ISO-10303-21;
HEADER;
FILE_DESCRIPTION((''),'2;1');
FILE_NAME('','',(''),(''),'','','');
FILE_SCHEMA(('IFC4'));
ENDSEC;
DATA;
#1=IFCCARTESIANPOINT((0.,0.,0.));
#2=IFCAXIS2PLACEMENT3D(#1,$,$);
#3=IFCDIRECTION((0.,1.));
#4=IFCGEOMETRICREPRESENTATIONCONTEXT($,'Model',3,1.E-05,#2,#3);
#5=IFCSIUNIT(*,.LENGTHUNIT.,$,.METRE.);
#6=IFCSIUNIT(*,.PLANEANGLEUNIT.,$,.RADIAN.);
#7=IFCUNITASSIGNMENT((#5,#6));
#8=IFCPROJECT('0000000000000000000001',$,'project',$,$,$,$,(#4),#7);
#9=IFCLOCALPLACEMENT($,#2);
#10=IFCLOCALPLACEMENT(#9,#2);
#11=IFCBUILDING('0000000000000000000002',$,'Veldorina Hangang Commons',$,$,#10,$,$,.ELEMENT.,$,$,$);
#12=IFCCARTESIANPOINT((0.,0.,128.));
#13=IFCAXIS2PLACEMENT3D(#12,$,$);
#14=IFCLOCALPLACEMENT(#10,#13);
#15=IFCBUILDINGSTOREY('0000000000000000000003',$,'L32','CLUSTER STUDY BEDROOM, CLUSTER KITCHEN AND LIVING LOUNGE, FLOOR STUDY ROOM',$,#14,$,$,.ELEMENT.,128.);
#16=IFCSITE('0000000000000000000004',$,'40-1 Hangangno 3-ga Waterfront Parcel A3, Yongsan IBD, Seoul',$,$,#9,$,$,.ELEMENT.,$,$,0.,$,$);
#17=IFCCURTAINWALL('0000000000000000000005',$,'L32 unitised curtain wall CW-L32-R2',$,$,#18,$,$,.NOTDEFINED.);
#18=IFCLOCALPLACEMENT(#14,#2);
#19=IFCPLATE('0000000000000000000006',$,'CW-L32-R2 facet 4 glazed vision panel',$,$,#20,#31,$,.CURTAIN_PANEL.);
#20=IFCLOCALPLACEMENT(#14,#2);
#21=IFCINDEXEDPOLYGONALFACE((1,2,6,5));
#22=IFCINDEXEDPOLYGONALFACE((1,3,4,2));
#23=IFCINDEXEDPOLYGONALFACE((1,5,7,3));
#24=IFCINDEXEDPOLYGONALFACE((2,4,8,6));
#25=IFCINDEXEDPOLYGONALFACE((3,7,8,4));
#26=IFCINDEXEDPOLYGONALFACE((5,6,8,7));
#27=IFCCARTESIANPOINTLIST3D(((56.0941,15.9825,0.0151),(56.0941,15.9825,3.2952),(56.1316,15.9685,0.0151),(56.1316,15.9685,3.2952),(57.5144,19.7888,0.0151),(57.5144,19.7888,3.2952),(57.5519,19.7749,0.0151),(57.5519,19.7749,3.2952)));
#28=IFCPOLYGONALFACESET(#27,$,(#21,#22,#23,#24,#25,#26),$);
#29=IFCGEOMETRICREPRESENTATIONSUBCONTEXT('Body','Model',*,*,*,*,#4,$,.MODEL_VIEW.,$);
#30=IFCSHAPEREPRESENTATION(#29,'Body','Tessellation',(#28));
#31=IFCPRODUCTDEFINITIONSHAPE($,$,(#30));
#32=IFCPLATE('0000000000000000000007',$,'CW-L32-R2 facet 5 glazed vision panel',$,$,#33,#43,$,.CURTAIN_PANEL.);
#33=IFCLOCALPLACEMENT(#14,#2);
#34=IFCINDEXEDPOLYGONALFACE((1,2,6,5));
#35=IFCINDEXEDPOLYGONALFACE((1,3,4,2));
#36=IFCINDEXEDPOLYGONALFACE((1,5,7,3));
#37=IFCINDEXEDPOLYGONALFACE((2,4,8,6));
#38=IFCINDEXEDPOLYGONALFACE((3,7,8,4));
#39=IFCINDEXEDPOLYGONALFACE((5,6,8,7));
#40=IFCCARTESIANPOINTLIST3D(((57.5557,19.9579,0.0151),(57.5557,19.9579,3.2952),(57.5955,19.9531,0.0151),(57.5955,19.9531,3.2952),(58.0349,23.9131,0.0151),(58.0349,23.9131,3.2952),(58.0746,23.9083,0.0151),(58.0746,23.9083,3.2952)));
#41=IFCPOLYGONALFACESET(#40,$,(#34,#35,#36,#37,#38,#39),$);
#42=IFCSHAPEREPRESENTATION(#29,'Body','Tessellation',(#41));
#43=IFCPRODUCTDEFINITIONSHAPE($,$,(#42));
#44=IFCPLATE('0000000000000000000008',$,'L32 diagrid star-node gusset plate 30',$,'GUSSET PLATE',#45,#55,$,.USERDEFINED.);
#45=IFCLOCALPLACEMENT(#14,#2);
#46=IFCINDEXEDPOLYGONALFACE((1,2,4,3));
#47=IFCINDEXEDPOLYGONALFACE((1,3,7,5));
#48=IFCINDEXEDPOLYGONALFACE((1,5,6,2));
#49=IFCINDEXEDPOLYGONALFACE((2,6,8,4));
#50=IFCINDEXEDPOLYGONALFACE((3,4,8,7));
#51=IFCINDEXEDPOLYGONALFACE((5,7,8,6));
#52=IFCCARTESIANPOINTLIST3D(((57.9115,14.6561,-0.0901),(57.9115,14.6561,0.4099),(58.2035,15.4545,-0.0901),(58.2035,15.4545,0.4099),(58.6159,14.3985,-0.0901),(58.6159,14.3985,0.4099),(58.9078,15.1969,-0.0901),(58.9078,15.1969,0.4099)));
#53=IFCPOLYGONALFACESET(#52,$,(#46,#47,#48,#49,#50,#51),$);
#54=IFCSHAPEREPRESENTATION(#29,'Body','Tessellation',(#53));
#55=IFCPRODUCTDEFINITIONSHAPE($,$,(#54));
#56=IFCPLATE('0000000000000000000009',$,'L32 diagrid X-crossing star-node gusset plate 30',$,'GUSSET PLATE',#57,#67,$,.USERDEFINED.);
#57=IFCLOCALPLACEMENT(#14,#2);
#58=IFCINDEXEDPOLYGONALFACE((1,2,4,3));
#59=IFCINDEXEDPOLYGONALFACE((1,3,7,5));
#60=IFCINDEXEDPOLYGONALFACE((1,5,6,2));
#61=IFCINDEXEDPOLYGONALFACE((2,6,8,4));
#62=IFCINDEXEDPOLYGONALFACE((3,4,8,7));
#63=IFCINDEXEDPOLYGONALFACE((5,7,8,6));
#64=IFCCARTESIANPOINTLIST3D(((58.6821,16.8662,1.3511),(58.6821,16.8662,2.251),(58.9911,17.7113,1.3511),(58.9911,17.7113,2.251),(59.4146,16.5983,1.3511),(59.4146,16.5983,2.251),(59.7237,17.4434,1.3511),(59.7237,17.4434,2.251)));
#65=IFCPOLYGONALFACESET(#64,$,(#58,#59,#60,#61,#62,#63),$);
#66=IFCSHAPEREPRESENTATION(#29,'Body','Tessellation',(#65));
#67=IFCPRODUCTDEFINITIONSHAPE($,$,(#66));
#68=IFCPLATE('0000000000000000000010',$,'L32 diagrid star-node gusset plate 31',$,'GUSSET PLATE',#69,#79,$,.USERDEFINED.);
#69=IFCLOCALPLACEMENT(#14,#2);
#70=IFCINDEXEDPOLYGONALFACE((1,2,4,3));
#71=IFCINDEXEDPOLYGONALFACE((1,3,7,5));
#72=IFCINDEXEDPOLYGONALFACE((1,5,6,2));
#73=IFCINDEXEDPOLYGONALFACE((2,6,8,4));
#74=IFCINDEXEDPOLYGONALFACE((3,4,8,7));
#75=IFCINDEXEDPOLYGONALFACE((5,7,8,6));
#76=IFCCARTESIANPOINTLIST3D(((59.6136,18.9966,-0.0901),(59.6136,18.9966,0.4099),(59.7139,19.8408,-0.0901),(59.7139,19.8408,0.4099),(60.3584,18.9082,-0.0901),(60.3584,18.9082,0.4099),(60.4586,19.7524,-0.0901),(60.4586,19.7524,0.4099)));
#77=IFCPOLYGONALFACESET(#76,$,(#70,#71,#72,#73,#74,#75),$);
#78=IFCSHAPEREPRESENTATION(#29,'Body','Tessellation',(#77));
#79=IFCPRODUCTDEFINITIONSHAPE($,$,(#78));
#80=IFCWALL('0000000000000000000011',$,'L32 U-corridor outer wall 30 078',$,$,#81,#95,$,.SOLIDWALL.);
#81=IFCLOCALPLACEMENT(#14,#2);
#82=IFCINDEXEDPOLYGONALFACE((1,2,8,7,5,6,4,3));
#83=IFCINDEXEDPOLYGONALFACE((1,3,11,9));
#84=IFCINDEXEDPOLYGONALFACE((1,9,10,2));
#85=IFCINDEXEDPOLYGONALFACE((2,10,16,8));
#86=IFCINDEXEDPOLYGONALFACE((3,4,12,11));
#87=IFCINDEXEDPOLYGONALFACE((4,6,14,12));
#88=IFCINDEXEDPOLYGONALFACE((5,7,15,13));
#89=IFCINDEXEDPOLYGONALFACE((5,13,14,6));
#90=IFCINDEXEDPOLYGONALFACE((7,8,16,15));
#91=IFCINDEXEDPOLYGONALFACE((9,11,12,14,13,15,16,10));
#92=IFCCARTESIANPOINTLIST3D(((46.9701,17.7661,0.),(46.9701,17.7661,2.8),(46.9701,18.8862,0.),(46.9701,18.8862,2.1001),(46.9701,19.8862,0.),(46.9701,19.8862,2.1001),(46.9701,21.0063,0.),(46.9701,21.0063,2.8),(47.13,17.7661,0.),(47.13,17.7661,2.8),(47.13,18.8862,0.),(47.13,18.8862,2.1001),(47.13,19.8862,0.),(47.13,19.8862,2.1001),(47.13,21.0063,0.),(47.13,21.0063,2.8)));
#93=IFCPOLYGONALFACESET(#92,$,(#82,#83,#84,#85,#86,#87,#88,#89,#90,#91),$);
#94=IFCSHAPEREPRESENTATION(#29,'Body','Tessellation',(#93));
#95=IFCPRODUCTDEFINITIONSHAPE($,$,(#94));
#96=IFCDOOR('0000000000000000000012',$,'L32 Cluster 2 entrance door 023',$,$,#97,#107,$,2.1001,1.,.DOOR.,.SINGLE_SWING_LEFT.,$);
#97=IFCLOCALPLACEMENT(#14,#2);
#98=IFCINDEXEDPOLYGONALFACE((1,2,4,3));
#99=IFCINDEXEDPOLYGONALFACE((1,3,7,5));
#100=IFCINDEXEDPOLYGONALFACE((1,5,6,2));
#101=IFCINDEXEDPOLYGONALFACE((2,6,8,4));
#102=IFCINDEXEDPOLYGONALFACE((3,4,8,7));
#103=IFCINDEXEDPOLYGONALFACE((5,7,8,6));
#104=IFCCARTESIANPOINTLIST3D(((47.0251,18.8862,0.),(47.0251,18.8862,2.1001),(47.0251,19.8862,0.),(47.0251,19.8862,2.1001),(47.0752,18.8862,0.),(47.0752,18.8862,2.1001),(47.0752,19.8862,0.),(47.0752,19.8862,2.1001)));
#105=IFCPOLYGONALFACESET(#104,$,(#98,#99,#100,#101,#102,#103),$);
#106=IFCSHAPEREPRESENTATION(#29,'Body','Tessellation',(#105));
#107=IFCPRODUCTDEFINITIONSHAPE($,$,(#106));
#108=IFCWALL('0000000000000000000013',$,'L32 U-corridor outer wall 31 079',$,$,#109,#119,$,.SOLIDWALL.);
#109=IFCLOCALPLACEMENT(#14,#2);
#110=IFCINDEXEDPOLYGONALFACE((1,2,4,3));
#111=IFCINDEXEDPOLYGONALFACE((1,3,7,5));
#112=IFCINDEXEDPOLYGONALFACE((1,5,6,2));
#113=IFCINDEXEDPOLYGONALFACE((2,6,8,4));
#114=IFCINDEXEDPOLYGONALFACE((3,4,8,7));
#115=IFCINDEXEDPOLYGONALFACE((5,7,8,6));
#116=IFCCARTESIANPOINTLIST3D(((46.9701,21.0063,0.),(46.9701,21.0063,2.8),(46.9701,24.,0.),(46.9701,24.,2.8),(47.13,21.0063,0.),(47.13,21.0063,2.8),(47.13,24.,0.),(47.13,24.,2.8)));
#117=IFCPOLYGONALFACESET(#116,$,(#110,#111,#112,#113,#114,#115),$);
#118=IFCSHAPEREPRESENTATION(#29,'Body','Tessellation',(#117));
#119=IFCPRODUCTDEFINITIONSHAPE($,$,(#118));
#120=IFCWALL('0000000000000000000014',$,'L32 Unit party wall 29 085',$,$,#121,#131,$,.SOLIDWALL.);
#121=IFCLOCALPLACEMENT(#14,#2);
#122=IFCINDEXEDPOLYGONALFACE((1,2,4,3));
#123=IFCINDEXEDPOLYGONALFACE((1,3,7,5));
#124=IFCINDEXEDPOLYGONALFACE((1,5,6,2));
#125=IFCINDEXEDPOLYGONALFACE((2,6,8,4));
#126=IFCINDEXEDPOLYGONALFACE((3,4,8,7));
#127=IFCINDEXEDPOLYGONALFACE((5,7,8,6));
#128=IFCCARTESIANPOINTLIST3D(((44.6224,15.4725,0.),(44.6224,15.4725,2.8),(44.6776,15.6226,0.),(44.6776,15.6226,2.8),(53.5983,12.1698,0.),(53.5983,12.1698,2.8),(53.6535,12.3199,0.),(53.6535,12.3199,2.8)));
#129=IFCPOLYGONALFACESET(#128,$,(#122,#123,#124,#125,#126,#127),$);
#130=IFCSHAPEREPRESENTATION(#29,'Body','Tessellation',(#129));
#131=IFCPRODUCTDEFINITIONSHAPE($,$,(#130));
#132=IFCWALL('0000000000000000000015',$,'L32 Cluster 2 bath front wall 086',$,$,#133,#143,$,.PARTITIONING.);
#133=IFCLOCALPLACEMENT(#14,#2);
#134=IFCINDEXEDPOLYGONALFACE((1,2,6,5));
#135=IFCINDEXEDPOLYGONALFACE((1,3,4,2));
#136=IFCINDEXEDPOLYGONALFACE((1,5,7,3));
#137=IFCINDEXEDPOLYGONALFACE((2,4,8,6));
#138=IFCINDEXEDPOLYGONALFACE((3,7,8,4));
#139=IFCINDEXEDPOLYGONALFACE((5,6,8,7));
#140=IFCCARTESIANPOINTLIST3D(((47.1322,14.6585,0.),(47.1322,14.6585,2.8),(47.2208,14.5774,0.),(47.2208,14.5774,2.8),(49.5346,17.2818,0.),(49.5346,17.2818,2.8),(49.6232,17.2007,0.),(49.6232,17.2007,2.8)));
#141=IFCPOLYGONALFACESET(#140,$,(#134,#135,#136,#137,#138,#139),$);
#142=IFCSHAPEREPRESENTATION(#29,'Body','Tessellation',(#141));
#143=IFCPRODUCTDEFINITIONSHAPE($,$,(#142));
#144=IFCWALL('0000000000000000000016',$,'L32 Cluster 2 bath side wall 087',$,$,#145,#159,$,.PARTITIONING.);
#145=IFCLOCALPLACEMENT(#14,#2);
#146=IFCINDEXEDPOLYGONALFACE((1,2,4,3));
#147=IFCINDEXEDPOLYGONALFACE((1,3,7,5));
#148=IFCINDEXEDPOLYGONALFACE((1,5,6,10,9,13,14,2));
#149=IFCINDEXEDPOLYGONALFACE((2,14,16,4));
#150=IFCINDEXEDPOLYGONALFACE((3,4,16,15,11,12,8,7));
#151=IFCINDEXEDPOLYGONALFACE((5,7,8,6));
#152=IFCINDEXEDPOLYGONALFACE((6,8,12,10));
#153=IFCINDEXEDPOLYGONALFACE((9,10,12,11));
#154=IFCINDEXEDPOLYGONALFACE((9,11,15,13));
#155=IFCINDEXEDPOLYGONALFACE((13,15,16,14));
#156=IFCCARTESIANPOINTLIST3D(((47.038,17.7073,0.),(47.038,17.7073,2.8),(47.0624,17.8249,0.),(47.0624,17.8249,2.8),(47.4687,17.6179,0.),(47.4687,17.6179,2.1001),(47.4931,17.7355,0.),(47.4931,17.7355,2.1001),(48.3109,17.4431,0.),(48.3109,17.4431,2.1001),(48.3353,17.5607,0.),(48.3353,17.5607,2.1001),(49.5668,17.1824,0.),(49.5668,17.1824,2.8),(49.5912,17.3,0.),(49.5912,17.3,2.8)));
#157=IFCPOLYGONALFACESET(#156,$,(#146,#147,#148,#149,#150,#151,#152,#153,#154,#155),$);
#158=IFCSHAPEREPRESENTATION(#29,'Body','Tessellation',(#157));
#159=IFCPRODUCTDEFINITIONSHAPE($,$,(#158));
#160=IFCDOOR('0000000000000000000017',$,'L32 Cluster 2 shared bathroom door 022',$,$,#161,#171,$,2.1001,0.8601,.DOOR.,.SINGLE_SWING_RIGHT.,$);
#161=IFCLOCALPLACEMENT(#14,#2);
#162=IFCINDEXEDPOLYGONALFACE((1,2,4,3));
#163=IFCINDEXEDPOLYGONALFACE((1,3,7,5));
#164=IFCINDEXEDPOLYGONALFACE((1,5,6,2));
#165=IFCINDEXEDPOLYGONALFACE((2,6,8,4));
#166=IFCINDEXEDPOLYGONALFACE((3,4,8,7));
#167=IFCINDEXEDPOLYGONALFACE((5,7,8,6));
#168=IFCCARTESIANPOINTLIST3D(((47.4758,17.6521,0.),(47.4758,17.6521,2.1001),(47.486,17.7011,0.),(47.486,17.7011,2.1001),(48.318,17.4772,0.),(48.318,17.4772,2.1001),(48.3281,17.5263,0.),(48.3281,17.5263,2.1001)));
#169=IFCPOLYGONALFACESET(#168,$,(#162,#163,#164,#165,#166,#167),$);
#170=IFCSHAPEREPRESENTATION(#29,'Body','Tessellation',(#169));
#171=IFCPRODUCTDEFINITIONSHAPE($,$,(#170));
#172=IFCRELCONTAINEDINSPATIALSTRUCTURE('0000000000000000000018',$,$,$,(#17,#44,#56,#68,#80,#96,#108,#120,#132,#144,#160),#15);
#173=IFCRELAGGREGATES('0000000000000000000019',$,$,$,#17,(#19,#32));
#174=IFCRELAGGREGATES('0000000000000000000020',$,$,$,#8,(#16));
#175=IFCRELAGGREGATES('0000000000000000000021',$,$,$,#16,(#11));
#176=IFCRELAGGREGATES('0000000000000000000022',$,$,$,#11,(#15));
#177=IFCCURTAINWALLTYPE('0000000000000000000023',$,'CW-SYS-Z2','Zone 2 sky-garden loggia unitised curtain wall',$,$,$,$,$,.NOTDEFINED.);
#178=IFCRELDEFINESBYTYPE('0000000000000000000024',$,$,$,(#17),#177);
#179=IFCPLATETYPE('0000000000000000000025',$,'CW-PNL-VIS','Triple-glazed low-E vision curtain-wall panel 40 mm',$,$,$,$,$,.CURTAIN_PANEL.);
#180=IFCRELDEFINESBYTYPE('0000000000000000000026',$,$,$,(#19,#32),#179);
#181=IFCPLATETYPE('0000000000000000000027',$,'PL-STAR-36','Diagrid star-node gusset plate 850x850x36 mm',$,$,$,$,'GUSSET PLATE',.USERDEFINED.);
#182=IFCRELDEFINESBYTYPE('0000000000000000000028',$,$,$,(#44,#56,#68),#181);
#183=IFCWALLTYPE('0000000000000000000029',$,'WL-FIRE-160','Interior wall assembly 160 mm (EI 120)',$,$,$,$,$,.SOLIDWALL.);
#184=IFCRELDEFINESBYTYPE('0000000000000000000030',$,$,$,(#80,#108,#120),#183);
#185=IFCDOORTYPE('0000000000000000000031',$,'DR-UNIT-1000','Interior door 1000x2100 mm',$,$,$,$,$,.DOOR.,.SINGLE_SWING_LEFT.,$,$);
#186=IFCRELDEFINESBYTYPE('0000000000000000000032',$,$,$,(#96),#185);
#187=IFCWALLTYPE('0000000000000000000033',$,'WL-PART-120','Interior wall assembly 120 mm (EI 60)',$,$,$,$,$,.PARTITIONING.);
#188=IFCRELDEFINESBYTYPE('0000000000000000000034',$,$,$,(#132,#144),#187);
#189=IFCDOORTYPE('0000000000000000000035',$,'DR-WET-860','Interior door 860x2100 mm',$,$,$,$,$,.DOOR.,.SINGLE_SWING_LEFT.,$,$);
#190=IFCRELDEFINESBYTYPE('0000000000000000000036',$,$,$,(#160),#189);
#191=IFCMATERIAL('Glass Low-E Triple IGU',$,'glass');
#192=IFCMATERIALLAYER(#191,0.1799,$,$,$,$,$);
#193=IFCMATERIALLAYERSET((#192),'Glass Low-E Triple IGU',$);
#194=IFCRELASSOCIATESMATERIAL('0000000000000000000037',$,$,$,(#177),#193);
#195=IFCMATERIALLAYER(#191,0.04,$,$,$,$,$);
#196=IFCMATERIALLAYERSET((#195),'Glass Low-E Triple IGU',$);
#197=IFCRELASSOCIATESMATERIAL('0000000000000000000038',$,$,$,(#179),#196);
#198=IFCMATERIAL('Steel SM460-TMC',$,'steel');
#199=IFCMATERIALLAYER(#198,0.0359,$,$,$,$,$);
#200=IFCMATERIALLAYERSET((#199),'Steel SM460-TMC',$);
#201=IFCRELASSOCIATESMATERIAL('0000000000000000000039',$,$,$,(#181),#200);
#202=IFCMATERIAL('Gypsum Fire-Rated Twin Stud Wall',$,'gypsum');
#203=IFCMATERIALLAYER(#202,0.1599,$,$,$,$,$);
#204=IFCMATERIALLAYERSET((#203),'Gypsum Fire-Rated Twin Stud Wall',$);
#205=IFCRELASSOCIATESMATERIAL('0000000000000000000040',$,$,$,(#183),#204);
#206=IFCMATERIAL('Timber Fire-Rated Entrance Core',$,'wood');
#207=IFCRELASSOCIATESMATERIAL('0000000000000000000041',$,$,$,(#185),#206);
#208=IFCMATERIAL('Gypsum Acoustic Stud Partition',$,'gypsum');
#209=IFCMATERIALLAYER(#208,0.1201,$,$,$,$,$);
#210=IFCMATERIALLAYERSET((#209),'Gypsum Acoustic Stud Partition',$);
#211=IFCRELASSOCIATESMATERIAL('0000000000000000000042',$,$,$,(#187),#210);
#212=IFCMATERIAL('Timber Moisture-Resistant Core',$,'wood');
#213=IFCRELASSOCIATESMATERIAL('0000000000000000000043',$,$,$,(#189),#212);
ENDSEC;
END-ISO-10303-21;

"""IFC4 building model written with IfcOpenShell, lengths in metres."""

from ifc_helpers import new_model, si_unit, direction, frame, frame_2d, origin, origin_2d, place, context, subcontext, project, spatial, rectangle, extrude, material, layer, layer_set, type_object, element, fill, aggregate, save


model = new_model("IFC4")

# Units and contexts
model_context = context("Model", 3, precision=1e-05, world=origin(), true_north=direction((0.0, 1.0)))
body_context = subcontext(model_context, "Body", "Model", "MODEL_VIEW")
ifc_project = project(units=[si_unit("LENGTHUNIT", "METRE"), si_unit("PLANEANGLEUNIT", "RADIAN")], contexts=[model_context])

# Site, building, storey
site_placement = place(None, origin())
site = spatial("IfcSite", under=ifc_project, at=site_placement, Name="40-1 Hangangno 3-ga Waterfront Parcel A3, Yongsan IBD, Seoul", CompositionType="ELEMENT", RefElevation=0.0)
building_placement = place(site_placement, origin())
building = spatial("IfcBuilding", under=site, at=building_placement, Name="Veldorina Hangang Commons", CompositionType="ELEMENT")
storey_placement = place(building_placement, frame((0.0, 0.0, 128.0)))
storey = spatial("IfcBuildingStorey", under=building, at=storey_placement, Name="L32", Description="CLUSTER STUDY BEDROOM, CLUSTER KITCHEN AND LIVING LOUNGE, FLOOR STUDY ROOM", CompositionType="ELEMENT", Elevation=128.0)

# Curtain wall
ifc_material_1 = material(Name="Glass Low-E Triple IGU", Category="glass")
ifc_layer_1 = layer(ifc_material_1, 0.1799)
ifc_layer_set_1 = layer_set([ifc_layer_1], Name="Glass Low-E Triple IGU")
curtain_wall_type = type_object("IfcCurtainWallType", Name="CW-SYS-Z2", Description="Zone 2 sky-garden loggia unitised curtain wall", PredefinedType="NOTDEFINED", material=ifc_layer_set_1)
curtain_wall_placement = place(storey_placement, origin())
curtain_wall = element("IfcCurtainWall", 1, at=curtain_wall_placement, inside=storey, type_object=curtain_wall_type, Name="L32 unitised curtain wall CW-L32-R2", PredefinedType="NOTDEFINED")

# Plates
ifc_layer_2 = layer(ifc_material_1, 0.04)
ifc_layer_set_2 = layer_set([ifc_layer_2], Name="Glass Low-E Triple IGU")
plate_type_1 = type_object("IfcPlateType", Name="CW-PNL-VIS", Description="Triple-glazed low-E vision curtain-wall panel 40 mm", PredefinedType="CURTAIN_PANEL", material=ifc_layer_set_2)
plate_1_placement = place(storey_placement, frame((56.823, 17.8787, 0.0151), z_axis=(0.0, 0.0, 1.0), x_axis=(0.349602, 0.936898, 0.0)))
plate_1 = element("IfcPlate", 2, at=plate_1_placement, type_object=plate_type_1, Name="CW-L32-R2 facet 4 glazed vision panel", PredefinedType="CURTAIN_PANEL", context=body_context, shape_type="SweptSolid", body=[
    extrude(rectangle(XDim=4.0627, YDim=0.04, at=origin_2d()), origin(), (0.0, 0.0, 1.0), 3.28),
])
plate_2_placement = place(storey_placement, frame((57.8152, 21.9331, 0.0151), z_axis=(0.0, 0.0, 1.0), x_axis=(0.120258, 0.992743, 0.0)))
plate_2 = element("IfcPlate", 3, at=plate_2_placement, type_object=plate_type_1, Name="CW-L32-R2 facet 5 glazed vision panel", PredefinedType="CURTAIN_PANEL", context=body_context, shape_type="SweptSolid", body=[
    extrude(rectangle(XDim=3.9841, YDim=0.04, at=origin_2d()), origin(), (0.0, 0.0, 1.0), 3.28),
])
aggregate(curtain_wall, [plate_1, plate_2])

# Plates
ifc_material_2 = material(Name="Steel SM460-TMC", Category="steel")
ifc_layer_3 = layer(ifc_material_2, 0.0359)
ifc_layer_set_3 = layer_set([ifc_layer_3], Name="Steel SM460-TMC")
plate_type_2 = type_object("IfcPlateType", Name="PL-STAR-36", Description="Diagrid star-node gusset plate 850x850x36 mm", ElementType="GUSSET PLATE", PredefinedType="USERDEFINED", material=ifc_layer_set_3)
plate_3_placement = place(storey_placement, frame((58.4097, 14.9265, -0.0901), z_axis=(0.0, 0.0, 1.0), x_axis=(0.343463, 0.939166, 0.0)))
element("IfcPlate", 4, at=plate_3_placement, inside=storey, type_object=plate_type_2, Name="L32 diagrid star-node gusset plate 30", ObjectType="GUSSET PLATE", PredefinedType="USERDEFINED", context=body_context, shape_type="SweptSolid", body=[
    extrude(rectangle(XDim=0.8501, YDim=0.75, at=origin_2d()), origin(), (0.0, 0.0, 1.0), 0.5),
])
plate_4_placement = place(storey_placement, frame((59.2029, 17.1548, 1.3511), z_axis=(0.0, 0.0, 1.0), x_axis=(0.343463, 0.939166, 0.0)))
element("IfcPlate", 5, at=plate_4_placement, inside=storey, type_object=plate_type_2, Name="L32 diagrid X-crossing star-node gusset plate 30", ObjectType="GUSSET PLATE", PredefinedType="USERDEFINED", context=body_context, shape_type="SweptSolid", body=[
    extrude(rectangle(XDim=0.8999, YDim=0.78, at=origin_2d()), origin(), (0.0, 0.0, 1.0), 0.8999),
])
plate_5_placement = place(storey_placement, frame((60.0361, 19.3745, -0.0901), z_axis=(0.0, 0.0, 1.0), x_axis=(0.117919, 0.993023, 0.0)))
element("IfcPlate", 6, at=plate_5_placement, inside=storey, type_object=plate_type_2, Name="L32 diagrid star-node gusset plate 31", ObjectType="GUSSET PLATE", PredefinedType="USERDEFINED", context=body_context, shape_type="SweptSolid", body=[
    extrude(rectangle(XDim=0.8501, YDim=0.75, at=origin_2d()), origin(), (0.0, 0.0, 1.0), 0.5),
])

# Wall, opening, door
ifc_material_3 = material(Name="Gypsum Fire-Rated Twin Stud Wall", Category="gypsum")
ifc_layer_4 = layer(ifc_material_3, 0.1599)
ifc_layer_set_4 = layer_set([ifc_layer_4], Name="Gypsum Fire-Rated Twin Stud Wall")
wall_type_1 = type_object("IfcWallType", Name="WL-FIRE-160", Description="Interior wall assembly 160 mm (EI 120)", PredefinedType="SOLIDWALL", material=ifc_layer_set_4)
wall_1_placement = place(storey_placement, frame((47.05, 17.7661, 0.0), z_axis=(0.0, 0.0, 1.0), x_axis=(0.0, 1.0, 0.0)))
wall_1 = element("IfcWall", 7, at=wall_1_placement, inside=storey, type_object=wall_type_1, Name="L32 U-corridor outer wall 30 078", PredefinedType="SOLIDWALL", context=body_context, shape_type="SweptSolid", body=[
    extrude(rectangle(XDim=3.2402, YDim=0.1599, at=frame_2d((1.6201, 0.0))), origin(), (0.0, 0.0, 1.0), 2.8),
])
opening_1_placement = place(wall_1_placement, frame((1.1201, 0.0, 0.0)))
opening_1 = element("IfcOpeningElement", 8, at=opening_1_placement, cuts=wall_1, PredefinedType="OPENING", context=body_context, shape_type="SweptSolid", body=[
    extrude(rectangle(XDim=1.0, YDim=2.1001, at=frame_2d((0.5, 1.05))), frame((0.0, 0.0898, 0.0), z_axis=(0.0, -1.0, 0.0), x_axis=(1.0, 0.0, 0.0)), (0.0, 0.0, 1.0), 0.1799),
])
ifc_material_4 = material(Name="Timber Fire-Rated Entrance Core", Category="wood")
door_type_1 = type_object("IfcDoorType", Name="DR-UNIT-1000", Description="Interior door 1000x2100 mm", OperationType="SINGLE_SWING_LEFT", PredefinedType="DOOR", material=ifc_material_4)
door_1_placement = place(opening_1_placement, origin())
door_1 = element("IfcDoor", 9, at=door_1_placement, inside=storey, type_object=door_type_1, Name="L32 Cluster 2 entrance door 023", OperationType="SINGLE_SWING_LEFT", OverallHeight=2.1001, OverallWidth=1.0, PredefinedType="DOOR", context=body_context, shape_type="SweptSolid", body=[
    extrude(rectangle(XDim=1.0, YDim=2.1001, at=frame_2d((0.5, 1.05))), frame((0.0, 0.0249, 0.0), z_axis=(0.0, -1.0, 0.0), x_axis=(1.0, 0.0, 0.0)), (0.0, 0.0, 1.0), 0.05),
])
fill(opening_1, door_1)

# Walls
wall_2_placement = place(storey_placement, frame((47.05, 21.0063, 0.0), z_axis=(0.0, 0.0, 1.0), x_axis=(0.0, 1.0, 0.0)))
element("IfcWall", 10, at=wall_2_placement, inside=storey, type_object=wall_type_1, Name="L32 U-corridor outer wall 31 079", PredefinedType="SOLIDWALL", context=body_context, shape_type="SweptSolid", body=[
    extrude(rectangle(XDim=2.9937, YDim=0.1599, at=frame_2d((1.4968, 0.0))), origin(), (0.0, 0.0, 1.0), 2.8),
])
wall_3_placement = place(storey_placement, frame((44.6499, 15.5476, 0.0), z_axis=(0.0, 0.0, 1.0), x_axis=(0.938484, -0.345323, 0.0)))
element("IfcWall", 11, at=wall_3_placement, inside=storey, type_object=wall_type_1, Name="L32 Unit party wall 29 085", PredefinedType="SOLIDWALL", context=body_context, shape_type="SweptSolid", body=[
    extrude(rectangle(XDim=9.5642, YDim=0.1599, at=frame_2d((4.7822, 0.0))), origin(), (0.0, 0.0, 1.0), 2.8),
])
ifc_material_5 = material(Name="Gypsum Acoustic Stud Partition", Category="gypsum")
ifc_layer_5 = layer(ifc_material_5, 0.1201)
ifc_layer_set_5 = layer_set([ifc_layer_5], Name="Gypsum Acoustic Stud Partition")
wall_type_2 = type_object("IfcWallType", Name="WL-PART-120", Description="Interior wall assembly 120 mm (EI 60)", PredefinedType="PARTITIONING", material=ifc_layer_set_5)
wall_4_placement = place(storey_placement, frame((47.1765, 14.6179, 0.0), z_axis=(0.0, 0.0, 1.0), x_axis=(0.675367, 0.737482, 0.0)))
element("IfcWall", 12, at=wall_4_placement, inside=storey, type_object=wall_type_2, Name="L32 Cluster 2 bath front wall 086", PredefinedType="PARTITIONING", context=body_context, shape_type="SweptSolid", body=[
    extrude(rectangle(XDim=3.5571, YDim=0.1201, at=frame_2d((1.7786, 0.0))), origin(), (0.0, 0.0, 1.0), 2.8),
])

# Wall, opening, door
wall_5_placement = place(storey_placement, frame((47.05, 17.7661, 0.0), z_axis=(0.0, 0.0, 1.0), x_axis=(0.97913, -0.203237, 0.0)))
wall_5 = element("IfcWall", 13, at=wall_5_placement, inside=storey, type_object=wall_type_2, Name="L32 Cluster 2 bath side wall 087", PredefinedType="PARTITIONING", context=body_context, shape_type="SweptSolid", body=[
    extrude(rectangle(XDim=2.5828, YDim=0.1201, at=frame_2d((1.2915, 0.0))), origin(), (0.0, 0.0, 1.0), 2.8),
])
opening_2_placement = place(wall_5_placement, frame((0.4399, 0.0, 0.0)))
opening_2 = element("IfcOpeningElement", 14, at=opening_2_placement, cuts=wall_5, PredefinedType="OPENING", context=body_context, shape_type="SweptSolid", body=[
    extrude(rectangle(XDim=0.8601, YDim=2.1001, at=frame_2d((0.4302, 1.05))), frame((0.0, 0.0701, 0.0), z_axis=(0.0, -1.0, 0.0), x_axis=(1.0, 0.0, 0.0)), (0.0, 0.0, 1.0), 0.1401),
])
ifc_material_6 = material(Name="Timber Moisture-Resistant Core", Category="wood")
door_type_2 = type_object("IfcDoorType", Name="DR-WET-860", Description="Interior door 860x2100 mm", OperationType="SINGLE_SWING_LEFT", PredefinedType="DOOR", material=ifc_material_6)
door_2_placement = place(opening_2_placement, origin())
door_2 = element("IfcDoor", 15, at=door_2_placement, inside=storey, type_object=door_type_2, Name="L32 Cluster 2 shared bathroom door 022", OperationType="SINGLE_SWING_RIGHT", OverallHeight=2.1001, OverallWidth=0.8601, PredefinedType="DOOR", context=body_context, shape_type="SweptSolid", body=[
    extrude(rectangle(XDim=0.8601, YDim=2.1001, at=frame_2d((0.4302, 1.05))), frame((0.0, 0.0249, 0.0), z_axis=(0.0, -1.0, 0.0), x_axis=(1.0, 0.0, 0.0)), (0.0, 0.0, 1.0), 0.05),
])
fill(opening_2, door_2)

save(model, "model.ifc")
